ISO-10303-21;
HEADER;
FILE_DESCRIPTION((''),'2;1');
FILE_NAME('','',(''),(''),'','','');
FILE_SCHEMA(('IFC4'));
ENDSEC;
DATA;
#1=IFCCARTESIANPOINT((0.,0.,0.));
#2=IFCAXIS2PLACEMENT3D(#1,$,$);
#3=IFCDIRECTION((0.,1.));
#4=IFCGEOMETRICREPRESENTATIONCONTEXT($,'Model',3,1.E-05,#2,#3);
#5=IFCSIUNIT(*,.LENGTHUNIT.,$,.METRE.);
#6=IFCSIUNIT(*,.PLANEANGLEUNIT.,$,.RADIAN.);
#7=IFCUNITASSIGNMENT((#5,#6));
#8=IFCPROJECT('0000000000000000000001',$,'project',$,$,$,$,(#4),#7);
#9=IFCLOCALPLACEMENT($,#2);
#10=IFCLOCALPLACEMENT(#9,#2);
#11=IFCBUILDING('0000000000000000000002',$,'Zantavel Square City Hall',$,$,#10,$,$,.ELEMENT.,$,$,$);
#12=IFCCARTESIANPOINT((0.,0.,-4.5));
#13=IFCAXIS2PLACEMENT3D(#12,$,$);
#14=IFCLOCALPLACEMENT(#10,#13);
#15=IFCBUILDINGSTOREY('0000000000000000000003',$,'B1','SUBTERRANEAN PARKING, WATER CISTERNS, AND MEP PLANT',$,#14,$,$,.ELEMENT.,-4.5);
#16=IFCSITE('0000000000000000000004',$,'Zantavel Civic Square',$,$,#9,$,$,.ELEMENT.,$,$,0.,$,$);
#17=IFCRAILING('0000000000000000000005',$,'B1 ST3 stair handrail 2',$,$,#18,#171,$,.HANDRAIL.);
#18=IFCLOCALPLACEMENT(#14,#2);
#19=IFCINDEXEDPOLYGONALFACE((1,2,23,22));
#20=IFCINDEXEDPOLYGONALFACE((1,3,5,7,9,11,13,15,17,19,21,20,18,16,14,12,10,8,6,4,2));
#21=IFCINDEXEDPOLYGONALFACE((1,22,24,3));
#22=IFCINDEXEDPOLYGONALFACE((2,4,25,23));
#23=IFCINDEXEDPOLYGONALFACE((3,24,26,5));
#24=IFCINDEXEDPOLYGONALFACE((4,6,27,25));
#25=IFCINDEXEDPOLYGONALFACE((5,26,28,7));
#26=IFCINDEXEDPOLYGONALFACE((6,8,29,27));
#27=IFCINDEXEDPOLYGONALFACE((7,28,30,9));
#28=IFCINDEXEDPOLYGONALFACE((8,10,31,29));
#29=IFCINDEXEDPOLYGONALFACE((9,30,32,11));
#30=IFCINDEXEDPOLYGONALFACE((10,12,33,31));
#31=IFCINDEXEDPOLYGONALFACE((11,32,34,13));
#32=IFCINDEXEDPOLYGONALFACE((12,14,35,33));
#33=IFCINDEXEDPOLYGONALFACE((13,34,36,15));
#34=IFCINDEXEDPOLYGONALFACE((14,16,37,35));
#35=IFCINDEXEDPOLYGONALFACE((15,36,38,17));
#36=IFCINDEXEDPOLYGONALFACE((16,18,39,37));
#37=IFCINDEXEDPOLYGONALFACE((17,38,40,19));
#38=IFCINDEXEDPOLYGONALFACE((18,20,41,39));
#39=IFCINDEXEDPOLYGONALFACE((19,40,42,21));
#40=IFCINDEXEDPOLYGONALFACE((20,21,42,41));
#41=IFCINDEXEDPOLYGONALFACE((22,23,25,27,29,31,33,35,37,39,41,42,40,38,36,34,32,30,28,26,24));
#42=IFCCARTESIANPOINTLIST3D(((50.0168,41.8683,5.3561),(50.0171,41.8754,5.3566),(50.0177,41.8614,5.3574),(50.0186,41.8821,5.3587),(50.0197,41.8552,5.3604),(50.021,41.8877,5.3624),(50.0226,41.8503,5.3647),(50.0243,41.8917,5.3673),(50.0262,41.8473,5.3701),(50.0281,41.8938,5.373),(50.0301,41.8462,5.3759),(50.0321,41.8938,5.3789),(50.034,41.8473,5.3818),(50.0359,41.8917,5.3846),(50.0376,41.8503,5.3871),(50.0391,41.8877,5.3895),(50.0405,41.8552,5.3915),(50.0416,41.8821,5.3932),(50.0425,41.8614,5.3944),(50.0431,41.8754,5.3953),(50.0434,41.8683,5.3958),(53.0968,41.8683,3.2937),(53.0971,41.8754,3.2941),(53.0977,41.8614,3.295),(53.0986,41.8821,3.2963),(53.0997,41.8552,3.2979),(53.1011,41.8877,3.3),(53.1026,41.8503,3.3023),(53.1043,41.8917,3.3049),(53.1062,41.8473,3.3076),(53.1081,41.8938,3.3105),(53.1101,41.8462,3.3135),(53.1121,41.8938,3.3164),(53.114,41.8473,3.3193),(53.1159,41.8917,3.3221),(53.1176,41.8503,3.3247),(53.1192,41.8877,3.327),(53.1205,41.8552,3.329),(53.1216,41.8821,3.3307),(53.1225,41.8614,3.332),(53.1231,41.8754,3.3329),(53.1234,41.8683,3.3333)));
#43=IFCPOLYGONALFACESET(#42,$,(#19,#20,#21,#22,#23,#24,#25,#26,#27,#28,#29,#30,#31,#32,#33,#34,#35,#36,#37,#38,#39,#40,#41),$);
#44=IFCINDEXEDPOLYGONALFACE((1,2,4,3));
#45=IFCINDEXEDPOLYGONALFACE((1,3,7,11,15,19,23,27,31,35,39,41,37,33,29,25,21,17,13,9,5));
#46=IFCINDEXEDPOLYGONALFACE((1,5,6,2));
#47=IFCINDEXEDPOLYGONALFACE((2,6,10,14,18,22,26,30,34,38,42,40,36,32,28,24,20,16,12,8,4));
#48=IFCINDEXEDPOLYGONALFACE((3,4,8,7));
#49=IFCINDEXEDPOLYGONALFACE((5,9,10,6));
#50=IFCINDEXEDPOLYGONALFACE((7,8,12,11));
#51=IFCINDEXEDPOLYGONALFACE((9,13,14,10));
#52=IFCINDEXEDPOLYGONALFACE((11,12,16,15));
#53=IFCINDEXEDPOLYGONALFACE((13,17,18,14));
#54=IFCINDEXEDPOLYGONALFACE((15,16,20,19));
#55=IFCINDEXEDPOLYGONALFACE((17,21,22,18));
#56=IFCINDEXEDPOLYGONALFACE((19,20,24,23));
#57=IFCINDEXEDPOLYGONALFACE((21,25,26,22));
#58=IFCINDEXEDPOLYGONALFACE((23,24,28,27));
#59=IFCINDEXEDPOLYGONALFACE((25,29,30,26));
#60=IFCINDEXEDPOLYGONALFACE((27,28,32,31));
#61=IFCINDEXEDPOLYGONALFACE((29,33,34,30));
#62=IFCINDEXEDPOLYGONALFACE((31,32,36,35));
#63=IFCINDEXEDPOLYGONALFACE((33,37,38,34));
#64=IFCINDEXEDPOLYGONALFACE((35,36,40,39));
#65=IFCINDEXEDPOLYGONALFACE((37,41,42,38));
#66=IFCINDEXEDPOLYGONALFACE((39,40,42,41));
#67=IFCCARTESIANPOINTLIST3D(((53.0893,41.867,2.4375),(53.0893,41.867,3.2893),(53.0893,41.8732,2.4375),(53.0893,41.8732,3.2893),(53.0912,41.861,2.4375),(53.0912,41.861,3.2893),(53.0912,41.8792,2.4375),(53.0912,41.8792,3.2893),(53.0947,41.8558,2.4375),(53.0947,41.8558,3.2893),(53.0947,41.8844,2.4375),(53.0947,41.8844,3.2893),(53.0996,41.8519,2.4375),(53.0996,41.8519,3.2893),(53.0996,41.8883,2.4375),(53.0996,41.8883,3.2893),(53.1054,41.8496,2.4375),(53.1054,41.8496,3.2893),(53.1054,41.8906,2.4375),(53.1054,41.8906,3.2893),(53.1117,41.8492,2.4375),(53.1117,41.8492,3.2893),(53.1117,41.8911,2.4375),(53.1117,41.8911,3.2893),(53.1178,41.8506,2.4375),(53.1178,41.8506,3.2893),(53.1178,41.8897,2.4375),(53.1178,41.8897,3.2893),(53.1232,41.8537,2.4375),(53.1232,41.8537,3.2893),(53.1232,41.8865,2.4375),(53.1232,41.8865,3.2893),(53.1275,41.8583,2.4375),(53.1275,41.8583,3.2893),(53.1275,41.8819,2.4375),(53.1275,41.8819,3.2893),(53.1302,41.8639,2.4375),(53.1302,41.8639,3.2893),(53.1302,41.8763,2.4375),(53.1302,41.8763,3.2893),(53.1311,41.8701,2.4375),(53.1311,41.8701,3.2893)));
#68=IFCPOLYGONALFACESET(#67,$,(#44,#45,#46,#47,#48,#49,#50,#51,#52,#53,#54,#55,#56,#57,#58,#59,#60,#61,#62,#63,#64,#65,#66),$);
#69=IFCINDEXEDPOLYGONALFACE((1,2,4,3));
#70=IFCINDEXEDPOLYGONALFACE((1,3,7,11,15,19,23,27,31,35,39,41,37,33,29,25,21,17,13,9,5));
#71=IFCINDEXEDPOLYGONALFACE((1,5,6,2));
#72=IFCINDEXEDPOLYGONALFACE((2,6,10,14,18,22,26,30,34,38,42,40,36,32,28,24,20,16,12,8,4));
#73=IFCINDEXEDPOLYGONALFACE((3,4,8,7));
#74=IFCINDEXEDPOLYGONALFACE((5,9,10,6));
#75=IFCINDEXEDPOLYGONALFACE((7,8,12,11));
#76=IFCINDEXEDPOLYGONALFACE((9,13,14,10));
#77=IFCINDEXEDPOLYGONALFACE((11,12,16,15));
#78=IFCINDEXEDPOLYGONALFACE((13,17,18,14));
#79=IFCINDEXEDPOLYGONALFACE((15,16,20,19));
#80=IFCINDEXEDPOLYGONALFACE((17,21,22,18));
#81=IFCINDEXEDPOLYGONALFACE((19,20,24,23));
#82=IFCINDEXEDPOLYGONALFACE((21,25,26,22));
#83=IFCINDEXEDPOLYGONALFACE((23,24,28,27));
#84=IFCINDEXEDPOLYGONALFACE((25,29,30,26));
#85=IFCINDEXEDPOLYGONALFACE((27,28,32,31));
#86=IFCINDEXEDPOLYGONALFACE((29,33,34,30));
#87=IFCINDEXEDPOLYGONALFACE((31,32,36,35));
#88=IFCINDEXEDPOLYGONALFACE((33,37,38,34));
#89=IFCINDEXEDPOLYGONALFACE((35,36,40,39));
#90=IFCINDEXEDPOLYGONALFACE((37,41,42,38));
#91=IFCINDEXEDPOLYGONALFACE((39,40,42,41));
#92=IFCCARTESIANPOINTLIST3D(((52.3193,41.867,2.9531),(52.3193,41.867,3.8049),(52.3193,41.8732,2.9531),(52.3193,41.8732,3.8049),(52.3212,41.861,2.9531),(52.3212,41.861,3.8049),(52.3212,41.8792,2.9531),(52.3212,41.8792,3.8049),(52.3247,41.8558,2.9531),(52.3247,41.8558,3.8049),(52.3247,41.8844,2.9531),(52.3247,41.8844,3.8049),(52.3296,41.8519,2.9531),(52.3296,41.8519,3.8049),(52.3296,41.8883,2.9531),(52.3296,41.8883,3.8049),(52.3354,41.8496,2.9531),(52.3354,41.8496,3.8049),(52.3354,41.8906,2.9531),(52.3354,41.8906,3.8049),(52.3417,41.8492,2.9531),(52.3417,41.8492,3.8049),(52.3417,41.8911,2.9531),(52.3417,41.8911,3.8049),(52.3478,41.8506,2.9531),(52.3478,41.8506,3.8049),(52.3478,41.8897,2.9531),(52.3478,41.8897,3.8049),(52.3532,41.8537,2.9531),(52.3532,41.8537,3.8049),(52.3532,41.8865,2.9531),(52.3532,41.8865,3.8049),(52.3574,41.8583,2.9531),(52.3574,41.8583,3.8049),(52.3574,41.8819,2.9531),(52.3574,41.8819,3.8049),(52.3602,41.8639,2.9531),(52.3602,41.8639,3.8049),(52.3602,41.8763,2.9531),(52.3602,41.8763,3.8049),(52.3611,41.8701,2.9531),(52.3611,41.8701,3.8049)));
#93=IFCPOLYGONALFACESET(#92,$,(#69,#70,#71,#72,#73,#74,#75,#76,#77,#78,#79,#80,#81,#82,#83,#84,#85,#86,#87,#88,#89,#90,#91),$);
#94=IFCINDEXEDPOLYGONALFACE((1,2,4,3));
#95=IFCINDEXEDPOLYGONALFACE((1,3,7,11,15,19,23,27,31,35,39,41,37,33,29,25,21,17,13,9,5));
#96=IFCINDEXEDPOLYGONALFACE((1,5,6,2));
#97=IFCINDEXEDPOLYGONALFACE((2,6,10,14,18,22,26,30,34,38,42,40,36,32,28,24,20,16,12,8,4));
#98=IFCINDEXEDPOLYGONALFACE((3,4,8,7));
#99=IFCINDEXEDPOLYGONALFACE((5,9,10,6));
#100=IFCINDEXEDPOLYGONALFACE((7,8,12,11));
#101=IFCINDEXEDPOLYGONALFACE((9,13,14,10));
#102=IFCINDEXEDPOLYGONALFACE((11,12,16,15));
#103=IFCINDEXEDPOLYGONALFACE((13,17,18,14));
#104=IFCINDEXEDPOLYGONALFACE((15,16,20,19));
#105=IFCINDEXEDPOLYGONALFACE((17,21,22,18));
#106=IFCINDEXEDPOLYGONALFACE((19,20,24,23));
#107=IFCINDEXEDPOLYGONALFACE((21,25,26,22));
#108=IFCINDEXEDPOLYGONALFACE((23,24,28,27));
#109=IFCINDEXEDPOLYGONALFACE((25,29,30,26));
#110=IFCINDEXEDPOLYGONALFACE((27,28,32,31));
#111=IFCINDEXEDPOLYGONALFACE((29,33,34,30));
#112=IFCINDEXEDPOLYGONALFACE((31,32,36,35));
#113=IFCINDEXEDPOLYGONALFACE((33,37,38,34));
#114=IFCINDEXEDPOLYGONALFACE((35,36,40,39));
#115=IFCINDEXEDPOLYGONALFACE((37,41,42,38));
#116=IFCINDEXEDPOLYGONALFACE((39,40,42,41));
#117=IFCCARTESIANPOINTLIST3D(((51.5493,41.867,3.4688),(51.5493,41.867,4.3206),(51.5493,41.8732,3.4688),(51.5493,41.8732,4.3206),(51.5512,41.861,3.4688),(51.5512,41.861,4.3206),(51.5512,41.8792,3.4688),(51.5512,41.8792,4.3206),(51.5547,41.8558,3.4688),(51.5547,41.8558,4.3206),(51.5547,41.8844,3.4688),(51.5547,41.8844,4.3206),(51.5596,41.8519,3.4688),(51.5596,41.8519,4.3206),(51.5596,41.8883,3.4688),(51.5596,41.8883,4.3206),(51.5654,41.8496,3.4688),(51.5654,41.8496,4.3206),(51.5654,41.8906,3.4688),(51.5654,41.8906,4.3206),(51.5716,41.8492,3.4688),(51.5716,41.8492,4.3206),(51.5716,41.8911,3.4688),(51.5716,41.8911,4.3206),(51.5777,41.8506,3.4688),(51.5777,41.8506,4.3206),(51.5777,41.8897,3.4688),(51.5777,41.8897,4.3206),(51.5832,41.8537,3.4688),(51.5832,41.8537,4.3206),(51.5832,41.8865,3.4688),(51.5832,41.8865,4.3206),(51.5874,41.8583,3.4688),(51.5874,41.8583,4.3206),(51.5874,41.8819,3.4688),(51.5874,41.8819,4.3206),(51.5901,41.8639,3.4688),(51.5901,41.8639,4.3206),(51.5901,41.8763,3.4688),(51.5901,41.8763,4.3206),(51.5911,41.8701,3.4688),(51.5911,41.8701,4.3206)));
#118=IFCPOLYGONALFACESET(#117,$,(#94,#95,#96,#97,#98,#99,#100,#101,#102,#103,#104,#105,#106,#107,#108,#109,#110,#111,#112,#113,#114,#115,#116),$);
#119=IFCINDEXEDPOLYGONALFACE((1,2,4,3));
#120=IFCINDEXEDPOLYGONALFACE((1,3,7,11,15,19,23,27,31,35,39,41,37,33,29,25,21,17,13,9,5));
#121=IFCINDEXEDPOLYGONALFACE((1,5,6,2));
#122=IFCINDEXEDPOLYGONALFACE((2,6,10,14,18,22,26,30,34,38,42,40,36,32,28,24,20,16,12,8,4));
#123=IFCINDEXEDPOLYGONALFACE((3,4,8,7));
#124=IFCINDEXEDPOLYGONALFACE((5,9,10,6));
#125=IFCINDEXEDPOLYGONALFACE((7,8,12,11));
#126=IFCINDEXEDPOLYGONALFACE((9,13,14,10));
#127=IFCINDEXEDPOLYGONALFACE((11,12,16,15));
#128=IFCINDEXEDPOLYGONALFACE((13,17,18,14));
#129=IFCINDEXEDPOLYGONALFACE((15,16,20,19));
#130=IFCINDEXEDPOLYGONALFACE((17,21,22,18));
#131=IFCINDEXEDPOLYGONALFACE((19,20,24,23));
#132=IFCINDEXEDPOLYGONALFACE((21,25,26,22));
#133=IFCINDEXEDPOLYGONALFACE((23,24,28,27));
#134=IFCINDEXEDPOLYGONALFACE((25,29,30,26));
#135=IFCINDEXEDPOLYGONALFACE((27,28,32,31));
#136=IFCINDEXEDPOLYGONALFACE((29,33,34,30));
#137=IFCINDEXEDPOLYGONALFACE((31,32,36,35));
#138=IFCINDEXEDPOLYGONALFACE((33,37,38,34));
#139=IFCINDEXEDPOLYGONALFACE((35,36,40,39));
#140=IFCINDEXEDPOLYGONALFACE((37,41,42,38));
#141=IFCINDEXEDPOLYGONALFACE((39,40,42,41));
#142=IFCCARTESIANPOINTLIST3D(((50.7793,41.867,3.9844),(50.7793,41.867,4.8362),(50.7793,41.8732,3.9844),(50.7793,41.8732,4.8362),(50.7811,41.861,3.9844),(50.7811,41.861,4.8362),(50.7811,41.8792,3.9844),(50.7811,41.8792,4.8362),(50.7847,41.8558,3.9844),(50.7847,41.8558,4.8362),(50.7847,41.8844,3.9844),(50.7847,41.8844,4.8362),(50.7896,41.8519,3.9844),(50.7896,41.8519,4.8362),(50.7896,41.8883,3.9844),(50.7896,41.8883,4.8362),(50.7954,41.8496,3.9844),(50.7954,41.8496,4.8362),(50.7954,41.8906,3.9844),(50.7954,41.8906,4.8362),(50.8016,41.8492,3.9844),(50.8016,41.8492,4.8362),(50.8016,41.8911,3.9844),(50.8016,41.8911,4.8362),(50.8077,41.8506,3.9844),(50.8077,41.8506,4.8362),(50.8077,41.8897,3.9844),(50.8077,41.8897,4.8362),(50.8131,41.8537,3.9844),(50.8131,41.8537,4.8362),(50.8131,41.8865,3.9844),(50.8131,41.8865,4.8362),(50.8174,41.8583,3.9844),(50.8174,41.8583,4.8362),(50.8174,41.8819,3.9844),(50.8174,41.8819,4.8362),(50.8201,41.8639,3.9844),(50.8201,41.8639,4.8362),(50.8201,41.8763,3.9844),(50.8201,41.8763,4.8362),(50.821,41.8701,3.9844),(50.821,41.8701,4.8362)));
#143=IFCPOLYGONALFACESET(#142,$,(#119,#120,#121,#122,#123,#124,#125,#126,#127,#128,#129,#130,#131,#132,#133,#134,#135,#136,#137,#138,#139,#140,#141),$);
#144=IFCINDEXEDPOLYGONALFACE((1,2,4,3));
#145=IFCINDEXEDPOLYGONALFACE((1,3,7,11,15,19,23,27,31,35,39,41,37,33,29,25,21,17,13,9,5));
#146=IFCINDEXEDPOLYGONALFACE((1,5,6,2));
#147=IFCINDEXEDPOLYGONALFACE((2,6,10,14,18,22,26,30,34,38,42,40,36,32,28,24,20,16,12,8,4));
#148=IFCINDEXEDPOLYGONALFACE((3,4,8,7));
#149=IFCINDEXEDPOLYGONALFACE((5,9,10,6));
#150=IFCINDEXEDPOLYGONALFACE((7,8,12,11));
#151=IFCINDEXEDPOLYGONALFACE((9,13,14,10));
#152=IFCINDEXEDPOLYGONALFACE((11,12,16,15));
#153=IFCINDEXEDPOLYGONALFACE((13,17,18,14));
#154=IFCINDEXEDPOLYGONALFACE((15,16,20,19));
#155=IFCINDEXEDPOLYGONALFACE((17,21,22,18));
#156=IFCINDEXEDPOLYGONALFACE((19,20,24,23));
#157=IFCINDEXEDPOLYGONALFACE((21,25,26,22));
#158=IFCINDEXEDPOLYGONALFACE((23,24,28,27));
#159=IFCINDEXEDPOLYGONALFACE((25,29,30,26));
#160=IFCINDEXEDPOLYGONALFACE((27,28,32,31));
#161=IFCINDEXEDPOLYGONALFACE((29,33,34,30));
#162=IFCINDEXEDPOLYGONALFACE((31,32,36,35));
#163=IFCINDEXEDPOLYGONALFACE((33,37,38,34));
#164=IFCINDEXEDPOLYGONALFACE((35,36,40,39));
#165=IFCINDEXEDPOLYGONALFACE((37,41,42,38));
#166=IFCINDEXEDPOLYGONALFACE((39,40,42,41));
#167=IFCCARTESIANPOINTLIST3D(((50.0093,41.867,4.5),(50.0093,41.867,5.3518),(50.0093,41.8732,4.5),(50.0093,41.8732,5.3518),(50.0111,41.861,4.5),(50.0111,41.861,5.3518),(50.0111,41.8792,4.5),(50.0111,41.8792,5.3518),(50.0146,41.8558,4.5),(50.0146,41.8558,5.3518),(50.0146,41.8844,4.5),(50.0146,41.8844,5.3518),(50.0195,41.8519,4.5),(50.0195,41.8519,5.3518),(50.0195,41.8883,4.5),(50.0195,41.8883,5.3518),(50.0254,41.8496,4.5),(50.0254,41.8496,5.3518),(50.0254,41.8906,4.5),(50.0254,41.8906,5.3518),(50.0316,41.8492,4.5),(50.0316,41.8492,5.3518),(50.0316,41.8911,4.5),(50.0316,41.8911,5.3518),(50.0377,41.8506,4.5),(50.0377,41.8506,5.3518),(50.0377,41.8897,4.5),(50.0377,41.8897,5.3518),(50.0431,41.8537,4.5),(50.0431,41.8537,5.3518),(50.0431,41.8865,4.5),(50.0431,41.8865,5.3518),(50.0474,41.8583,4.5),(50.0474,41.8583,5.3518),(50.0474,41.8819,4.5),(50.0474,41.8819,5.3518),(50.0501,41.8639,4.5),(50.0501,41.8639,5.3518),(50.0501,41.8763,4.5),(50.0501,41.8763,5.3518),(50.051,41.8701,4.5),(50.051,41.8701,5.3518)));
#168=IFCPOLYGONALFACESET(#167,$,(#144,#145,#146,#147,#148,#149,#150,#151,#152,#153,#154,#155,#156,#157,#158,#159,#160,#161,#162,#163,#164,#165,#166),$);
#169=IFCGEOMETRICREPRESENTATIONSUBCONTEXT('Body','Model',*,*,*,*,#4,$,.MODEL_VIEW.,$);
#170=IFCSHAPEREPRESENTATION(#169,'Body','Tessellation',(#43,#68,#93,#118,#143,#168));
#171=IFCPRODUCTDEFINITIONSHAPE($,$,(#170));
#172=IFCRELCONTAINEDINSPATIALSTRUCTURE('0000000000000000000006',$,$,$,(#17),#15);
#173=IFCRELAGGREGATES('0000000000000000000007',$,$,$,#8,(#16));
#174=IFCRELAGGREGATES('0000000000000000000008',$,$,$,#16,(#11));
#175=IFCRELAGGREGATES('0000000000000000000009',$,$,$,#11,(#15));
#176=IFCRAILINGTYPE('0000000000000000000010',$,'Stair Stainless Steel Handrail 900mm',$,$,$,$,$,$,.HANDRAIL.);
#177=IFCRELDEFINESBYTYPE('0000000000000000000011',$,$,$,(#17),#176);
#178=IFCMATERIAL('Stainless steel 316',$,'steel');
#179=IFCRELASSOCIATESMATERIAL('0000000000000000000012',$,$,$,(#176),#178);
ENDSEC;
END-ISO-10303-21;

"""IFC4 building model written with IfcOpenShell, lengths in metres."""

from ifc_helpers import new_model, si_unit, direction, frame, origin, origin_2d, place, context, subcontext, project, spatial, circle, extrude, material, type_object, element, save


model = new_model("IFC4")

# Units and contexts
model_context = context("Model", 3, precision=1e-05, world=origin(), true_north=direction((0.0, 1.0)))
body_context = subcontext(model_context, "Body", "Model", "MODEL_VIEW")
ifc_project = project(units=[si_unit("LENGTHUNIT", "METRE"), si_unit("PLANEANGLEUNIT", "RADIAN")], contexts=[model_context])

# Site, building, storey
site_placement = place(None, origin())
site = spatial("IfcSite", under=ifc_project, at=site_placement, Name="Zantavel Civic Square", CompositionType="ELEMENT", RefElevation=0.0)
building_placement = place(site_placement, origin())
building = spatial("IfcBuilding", under=site, at=building_placement, Name="Zantavel Square City Hall", CompositionType="ELEMENT")
storey_placement = place(building_placement, frame((0.0, 0.0, -4.5)))
storey = spatial("IfcBuildingStorey", under=building, at=storey_placement, Name="B1", Description="SUBTERRANEAN PARKING, WATER CISTERNS, AND MEP PLANT", CompositionType="ELEMENT", Elevation=-4.5)

# Railing
ifc_material_1 = material(Name="Stainless steel 316", Category="steel")
railing_type_1 = type_object("IfcRailingType", Name="Stair Stainless Steel Handrail 900mm", PredefinedType="HANDRAIL", material=ifc_material_1)
railing_1_placement = place(storey_placement, frame((53.1101, 41.8701, 2.4375)))
element("IfcRailing", 1, at=railing_1_placement, inside=storey, type_object=railing_type_1, Name="B1 ST3 stair handrail 2", PredefinedType="HANDRAIL", context=body_context, shape_type="SweptSolid", body=[
    extrude(circle(Radius=0.0239, at=origin_2d()), frame((0.0, 0.0, 0.876), z_axis=(-0.830914, 0.0, 0.556401), x_axis=(0.0, -1.0, 0.0)), (0.0, 0.0, 1.0), 3.7068),
    extrude(circle(Radius=0.021, at=origin_2d()), origin(), (0.0, 0.0, 1.0), 0.8518),
    extrude(circle(Radius=0.021, at=origin_2d()), frame((-0.77, 0.0, 0.5156)), (0.0, 0.0, 1.0), 0.8518),
    extrude(circle(Radius=0.021, at=origin_2d()), frame((-1.54, 0.0, 1.0312)), (0.0, 0.0, 1.0), 0.8518),
    extrude(circle(Radius=0.021, at=origin_2d()), frame((-2.3101, 0.0, 1.5469)), (0.0, 0.0, 1.0), 0.8518),
    extrude(circle(Radius=0.021, at=origin_2d()), frame((-3.0801, 0.0, 2.0625)), (0.0, 0.0, 1.0), 0.8518),
])

save(model, "model.ifc")
